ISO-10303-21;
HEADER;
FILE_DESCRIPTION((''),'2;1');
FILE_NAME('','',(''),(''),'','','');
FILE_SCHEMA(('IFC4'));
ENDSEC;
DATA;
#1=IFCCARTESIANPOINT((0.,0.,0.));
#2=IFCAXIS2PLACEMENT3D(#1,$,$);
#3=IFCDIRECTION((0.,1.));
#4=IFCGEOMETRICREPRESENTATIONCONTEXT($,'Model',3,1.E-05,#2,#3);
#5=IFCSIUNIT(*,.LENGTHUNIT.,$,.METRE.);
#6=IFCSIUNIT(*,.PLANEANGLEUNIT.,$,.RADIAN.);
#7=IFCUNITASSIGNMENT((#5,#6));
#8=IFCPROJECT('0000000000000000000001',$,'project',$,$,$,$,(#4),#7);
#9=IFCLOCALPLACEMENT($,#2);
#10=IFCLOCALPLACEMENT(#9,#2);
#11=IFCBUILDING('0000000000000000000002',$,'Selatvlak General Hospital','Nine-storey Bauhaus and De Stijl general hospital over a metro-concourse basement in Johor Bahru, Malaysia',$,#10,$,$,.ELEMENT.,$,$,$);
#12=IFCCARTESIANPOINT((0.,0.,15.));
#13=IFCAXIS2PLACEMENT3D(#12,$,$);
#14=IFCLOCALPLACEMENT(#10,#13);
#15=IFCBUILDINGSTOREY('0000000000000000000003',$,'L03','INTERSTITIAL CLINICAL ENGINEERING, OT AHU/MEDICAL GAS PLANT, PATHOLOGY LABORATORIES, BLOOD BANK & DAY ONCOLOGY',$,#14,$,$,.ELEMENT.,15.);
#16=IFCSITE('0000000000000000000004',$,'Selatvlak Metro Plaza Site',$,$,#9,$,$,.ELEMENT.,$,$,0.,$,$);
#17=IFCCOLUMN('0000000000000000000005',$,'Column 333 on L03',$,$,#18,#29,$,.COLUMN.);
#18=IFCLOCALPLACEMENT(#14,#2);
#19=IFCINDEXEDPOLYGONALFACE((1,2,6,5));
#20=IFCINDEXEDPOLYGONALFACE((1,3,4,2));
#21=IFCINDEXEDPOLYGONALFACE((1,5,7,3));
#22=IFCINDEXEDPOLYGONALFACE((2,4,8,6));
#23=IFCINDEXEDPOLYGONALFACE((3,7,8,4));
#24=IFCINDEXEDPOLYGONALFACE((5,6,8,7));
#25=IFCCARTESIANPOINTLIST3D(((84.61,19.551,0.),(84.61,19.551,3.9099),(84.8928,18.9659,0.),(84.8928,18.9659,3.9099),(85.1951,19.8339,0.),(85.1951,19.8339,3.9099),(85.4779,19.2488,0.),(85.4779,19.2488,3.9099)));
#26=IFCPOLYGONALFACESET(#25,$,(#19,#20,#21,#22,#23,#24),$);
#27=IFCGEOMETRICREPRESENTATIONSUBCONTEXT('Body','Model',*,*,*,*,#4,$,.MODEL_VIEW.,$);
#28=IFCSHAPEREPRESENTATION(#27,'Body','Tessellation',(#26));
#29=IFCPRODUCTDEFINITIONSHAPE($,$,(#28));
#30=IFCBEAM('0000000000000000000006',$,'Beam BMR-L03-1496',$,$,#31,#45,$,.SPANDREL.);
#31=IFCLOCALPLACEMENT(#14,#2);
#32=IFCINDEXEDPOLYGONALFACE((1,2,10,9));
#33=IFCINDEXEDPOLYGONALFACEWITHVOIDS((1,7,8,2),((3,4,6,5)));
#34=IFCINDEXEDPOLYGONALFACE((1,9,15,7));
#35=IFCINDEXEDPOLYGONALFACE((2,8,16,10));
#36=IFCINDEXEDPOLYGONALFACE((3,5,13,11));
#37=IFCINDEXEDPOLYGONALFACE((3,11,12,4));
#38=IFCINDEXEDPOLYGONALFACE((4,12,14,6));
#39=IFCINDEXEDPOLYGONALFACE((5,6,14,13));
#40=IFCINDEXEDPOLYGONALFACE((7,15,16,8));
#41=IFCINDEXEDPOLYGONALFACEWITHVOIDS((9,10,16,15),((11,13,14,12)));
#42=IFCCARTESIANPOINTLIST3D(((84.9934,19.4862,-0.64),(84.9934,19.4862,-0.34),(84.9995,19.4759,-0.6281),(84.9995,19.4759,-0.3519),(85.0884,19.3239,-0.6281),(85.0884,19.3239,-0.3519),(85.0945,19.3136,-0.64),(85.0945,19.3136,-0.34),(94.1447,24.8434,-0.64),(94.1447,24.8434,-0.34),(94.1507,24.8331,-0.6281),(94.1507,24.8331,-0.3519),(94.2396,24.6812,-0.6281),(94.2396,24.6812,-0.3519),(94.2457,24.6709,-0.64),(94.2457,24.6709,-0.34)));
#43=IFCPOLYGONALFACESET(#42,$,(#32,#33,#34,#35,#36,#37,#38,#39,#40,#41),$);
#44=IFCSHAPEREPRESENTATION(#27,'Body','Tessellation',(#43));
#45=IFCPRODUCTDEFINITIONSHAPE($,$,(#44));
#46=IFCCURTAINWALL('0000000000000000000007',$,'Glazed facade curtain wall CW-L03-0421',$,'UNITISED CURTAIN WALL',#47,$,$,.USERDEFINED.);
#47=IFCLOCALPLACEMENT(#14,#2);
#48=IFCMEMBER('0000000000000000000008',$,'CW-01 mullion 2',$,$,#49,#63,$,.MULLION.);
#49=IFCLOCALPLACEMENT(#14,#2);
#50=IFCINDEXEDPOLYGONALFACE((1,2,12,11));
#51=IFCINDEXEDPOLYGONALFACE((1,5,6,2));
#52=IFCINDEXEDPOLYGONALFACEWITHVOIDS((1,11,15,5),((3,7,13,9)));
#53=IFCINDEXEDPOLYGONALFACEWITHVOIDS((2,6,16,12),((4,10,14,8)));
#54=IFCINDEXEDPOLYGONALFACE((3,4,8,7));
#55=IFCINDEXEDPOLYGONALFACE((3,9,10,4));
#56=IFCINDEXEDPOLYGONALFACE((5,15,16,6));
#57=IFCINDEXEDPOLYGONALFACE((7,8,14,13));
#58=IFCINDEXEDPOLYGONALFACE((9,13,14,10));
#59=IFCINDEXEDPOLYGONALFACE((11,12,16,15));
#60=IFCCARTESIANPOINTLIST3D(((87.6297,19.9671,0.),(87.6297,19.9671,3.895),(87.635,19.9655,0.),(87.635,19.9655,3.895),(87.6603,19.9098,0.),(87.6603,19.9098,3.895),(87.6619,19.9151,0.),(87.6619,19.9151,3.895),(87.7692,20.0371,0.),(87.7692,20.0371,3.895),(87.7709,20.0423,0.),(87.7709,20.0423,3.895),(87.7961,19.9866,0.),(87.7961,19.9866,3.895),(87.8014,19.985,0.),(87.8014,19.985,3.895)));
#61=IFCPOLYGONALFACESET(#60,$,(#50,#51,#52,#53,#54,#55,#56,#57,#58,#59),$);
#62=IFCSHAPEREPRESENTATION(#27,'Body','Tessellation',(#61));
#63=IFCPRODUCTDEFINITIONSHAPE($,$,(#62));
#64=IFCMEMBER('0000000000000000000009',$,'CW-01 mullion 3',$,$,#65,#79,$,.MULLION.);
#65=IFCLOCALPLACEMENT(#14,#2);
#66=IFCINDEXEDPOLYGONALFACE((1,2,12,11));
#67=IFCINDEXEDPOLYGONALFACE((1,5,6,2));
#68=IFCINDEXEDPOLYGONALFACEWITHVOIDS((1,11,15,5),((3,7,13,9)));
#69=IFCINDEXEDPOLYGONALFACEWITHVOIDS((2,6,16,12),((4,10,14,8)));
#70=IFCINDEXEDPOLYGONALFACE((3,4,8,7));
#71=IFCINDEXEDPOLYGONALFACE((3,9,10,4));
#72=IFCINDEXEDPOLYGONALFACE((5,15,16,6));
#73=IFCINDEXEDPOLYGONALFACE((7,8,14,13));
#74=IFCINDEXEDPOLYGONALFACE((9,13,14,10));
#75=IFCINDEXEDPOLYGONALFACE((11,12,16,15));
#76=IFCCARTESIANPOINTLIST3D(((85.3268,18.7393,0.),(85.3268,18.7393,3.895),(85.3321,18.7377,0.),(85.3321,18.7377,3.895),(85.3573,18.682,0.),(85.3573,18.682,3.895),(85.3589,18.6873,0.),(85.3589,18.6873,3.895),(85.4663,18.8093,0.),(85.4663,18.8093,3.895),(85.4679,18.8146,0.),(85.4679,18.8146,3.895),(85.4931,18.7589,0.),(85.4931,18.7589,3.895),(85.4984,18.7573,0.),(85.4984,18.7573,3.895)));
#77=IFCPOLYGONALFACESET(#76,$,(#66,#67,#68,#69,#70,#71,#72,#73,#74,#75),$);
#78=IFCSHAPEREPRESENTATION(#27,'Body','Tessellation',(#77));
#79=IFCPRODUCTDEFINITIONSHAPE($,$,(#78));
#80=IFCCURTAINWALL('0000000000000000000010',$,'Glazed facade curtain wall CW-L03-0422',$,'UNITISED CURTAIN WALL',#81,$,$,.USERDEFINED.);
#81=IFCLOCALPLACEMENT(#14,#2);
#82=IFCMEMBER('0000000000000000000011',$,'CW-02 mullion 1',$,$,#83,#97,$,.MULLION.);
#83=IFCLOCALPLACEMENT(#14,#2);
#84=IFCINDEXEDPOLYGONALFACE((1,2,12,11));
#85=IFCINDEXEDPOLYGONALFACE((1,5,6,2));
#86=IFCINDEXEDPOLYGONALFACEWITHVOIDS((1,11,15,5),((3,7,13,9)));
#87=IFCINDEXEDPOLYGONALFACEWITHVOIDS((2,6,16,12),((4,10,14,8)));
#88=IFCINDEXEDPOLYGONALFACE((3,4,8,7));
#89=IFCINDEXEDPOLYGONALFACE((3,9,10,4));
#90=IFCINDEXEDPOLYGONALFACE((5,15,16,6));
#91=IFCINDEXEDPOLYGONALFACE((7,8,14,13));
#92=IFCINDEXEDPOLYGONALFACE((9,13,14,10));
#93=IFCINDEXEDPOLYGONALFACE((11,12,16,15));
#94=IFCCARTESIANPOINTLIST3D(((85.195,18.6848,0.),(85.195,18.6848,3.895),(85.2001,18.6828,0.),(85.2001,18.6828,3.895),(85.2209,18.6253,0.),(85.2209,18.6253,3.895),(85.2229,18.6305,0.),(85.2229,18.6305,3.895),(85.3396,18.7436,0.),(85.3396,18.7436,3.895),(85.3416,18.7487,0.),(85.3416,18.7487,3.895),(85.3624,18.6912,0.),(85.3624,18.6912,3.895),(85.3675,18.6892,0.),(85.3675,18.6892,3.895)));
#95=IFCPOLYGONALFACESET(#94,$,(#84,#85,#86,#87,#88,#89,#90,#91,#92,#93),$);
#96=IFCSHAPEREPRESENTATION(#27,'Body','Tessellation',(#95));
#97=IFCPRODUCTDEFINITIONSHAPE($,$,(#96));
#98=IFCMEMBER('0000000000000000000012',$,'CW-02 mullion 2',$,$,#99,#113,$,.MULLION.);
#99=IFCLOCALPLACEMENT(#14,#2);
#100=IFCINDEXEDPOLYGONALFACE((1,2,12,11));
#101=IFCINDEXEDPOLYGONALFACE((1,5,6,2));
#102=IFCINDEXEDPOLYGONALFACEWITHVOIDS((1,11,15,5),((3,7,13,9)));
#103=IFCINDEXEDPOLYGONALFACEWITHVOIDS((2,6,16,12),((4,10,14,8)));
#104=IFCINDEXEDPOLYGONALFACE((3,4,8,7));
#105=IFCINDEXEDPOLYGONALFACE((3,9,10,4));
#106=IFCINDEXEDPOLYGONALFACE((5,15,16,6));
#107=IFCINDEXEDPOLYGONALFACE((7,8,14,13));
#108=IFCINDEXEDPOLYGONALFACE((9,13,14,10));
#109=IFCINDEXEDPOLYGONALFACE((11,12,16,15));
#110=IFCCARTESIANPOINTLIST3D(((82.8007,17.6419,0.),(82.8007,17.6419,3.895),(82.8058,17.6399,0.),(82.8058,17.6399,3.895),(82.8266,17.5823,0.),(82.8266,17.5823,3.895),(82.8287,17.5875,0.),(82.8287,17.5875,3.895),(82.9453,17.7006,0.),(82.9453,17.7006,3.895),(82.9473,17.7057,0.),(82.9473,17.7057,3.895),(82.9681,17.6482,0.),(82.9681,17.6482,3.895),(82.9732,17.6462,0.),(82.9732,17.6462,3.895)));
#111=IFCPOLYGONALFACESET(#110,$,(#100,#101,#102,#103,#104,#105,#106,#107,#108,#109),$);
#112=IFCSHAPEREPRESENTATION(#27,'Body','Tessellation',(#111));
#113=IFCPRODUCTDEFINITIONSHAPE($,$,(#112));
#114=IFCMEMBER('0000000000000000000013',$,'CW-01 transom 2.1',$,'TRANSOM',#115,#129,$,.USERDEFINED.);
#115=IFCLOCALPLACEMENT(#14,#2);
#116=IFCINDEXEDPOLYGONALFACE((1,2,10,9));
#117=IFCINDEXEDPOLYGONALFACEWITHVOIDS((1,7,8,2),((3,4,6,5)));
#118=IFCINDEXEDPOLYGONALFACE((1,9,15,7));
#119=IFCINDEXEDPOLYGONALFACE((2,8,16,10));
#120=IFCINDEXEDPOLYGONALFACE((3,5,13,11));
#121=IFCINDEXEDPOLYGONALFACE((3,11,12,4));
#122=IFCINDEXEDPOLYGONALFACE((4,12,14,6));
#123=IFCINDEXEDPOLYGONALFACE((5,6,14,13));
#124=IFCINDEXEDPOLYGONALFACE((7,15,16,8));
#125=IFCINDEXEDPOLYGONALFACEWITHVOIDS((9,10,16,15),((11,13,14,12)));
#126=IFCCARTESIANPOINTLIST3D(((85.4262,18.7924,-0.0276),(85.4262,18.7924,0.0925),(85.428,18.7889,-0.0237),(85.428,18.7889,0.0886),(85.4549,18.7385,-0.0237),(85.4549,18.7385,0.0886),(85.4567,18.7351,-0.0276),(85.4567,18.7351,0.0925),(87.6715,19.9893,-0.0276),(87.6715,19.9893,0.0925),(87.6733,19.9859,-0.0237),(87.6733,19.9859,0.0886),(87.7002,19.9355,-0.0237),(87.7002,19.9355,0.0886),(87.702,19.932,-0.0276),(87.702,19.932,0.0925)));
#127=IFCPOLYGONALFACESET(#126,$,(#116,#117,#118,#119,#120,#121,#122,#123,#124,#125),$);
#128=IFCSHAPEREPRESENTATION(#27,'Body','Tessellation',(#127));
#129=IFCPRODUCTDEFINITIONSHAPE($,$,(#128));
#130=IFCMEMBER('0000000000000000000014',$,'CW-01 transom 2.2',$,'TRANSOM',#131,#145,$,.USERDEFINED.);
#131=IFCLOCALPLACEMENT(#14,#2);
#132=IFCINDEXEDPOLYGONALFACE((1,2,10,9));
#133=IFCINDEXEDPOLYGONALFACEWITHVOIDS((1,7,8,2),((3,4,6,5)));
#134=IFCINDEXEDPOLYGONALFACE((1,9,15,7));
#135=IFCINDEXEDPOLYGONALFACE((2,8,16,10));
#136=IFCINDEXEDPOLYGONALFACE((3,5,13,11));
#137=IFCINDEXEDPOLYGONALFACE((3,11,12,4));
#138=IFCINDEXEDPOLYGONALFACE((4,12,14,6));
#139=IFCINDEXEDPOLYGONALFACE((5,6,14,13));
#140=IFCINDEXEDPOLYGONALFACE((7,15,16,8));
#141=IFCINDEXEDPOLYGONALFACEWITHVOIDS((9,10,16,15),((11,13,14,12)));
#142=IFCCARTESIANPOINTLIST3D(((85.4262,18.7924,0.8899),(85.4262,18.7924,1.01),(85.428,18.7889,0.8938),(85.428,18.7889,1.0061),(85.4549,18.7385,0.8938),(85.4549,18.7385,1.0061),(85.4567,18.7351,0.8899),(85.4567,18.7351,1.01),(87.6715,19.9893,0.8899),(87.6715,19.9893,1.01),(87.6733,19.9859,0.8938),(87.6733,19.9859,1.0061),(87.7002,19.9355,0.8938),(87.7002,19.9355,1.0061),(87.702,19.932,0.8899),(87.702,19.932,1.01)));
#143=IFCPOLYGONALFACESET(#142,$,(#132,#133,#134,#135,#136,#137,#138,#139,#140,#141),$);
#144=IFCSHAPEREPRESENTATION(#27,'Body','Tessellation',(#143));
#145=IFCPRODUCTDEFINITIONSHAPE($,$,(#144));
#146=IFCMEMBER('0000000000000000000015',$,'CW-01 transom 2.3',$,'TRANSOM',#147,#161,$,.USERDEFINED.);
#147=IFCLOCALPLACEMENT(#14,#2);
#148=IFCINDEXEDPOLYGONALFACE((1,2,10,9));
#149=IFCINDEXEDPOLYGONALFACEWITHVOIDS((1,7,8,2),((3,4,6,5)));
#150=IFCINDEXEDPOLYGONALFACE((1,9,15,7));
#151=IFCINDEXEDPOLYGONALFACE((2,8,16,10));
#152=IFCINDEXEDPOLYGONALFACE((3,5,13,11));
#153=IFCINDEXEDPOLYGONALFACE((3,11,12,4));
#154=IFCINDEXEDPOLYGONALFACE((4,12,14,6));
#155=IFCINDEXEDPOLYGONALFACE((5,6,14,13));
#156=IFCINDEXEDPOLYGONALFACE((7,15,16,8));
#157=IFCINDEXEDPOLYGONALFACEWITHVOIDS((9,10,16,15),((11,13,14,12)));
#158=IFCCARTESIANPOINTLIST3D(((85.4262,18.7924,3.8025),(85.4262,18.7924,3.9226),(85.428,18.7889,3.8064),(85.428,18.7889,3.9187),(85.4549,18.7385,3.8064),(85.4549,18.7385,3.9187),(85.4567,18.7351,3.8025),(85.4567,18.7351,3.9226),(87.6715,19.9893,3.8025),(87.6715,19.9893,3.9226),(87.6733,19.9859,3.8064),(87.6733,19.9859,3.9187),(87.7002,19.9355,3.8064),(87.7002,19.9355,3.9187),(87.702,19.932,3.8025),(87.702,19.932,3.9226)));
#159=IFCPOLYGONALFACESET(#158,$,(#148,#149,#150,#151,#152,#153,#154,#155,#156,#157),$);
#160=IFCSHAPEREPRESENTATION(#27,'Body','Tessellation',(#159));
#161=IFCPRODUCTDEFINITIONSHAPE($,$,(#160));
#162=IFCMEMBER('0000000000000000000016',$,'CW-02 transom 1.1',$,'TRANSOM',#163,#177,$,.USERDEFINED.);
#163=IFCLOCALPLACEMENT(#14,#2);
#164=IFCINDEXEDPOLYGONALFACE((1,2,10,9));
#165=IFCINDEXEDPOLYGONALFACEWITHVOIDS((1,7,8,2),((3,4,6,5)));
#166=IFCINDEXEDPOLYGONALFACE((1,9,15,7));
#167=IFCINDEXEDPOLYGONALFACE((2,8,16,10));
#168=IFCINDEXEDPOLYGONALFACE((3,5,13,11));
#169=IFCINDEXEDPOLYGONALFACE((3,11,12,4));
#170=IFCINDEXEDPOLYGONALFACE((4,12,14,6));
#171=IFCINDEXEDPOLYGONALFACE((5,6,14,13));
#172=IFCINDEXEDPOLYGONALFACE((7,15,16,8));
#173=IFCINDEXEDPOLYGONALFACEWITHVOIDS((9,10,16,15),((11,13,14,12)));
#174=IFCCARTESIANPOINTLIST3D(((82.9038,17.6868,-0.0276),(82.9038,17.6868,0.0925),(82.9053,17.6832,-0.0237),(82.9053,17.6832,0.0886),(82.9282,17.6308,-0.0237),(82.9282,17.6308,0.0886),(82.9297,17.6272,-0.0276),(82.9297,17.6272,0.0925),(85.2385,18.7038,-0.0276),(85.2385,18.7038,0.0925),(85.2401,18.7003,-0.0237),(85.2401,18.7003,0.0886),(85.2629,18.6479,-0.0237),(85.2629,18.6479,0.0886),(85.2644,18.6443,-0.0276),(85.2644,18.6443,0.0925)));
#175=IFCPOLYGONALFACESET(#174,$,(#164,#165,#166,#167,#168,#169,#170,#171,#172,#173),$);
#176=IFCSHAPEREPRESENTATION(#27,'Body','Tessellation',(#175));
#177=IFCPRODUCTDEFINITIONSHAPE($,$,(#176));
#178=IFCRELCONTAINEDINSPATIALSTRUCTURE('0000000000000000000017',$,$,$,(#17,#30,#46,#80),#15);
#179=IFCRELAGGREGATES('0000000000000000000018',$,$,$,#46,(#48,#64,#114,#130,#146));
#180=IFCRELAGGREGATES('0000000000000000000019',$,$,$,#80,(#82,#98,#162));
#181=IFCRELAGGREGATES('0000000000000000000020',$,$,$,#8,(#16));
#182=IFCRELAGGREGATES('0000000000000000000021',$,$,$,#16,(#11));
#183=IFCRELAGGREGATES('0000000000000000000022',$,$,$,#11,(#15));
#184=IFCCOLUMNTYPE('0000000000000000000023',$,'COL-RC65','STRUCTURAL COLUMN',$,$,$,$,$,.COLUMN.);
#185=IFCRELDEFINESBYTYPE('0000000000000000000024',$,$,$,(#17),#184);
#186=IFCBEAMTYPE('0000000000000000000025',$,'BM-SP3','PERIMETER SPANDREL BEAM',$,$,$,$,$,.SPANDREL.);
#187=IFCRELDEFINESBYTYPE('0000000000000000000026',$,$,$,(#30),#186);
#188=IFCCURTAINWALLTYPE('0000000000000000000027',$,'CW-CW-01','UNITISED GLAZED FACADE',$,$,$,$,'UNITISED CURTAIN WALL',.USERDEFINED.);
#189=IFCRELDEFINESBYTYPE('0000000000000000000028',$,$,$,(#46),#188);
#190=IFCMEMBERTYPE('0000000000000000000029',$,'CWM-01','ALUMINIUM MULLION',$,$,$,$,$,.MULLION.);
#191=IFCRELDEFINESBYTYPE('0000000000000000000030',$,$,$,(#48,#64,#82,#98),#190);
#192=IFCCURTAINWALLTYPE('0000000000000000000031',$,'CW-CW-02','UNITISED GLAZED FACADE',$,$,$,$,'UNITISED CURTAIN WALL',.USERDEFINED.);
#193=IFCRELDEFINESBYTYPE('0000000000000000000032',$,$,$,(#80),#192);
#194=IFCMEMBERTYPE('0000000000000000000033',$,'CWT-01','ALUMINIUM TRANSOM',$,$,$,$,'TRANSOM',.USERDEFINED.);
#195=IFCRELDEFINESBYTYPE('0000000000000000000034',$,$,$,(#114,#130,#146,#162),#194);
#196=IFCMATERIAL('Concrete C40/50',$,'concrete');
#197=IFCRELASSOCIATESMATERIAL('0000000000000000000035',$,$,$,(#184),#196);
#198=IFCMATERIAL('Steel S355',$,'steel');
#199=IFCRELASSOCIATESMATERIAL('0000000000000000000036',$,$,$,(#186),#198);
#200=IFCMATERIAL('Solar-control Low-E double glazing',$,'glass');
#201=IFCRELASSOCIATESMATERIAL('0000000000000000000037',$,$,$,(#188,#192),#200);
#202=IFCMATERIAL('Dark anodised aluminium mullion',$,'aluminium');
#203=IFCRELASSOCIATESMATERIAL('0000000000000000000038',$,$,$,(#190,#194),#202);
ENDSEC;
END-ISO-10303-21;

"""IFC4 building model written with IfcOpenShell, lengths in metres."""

from ifc_helpers import new_model, si_unit, direction, frame, origin, origin_2d, place, context, subcontext, project, spatial, rectangle, hollow_rectangle, extrude, material, material_profile, profile_set, type_object, element, aggregate, save


model = new_model("IFC4")

# Units and contexts
model_context = context("Model", 3, precision=1e-05, world=origin(), true_north=direction((0.0, 1.0)))
body_context = subcontext(model_context, "Body", "Model", "MODEL_VIEW")
ifc_project = project(units=[si_unit("LENGTHUNIT", "METRE"), si_unit("PLANEANGLEUNIT", "RADIAN")], contexts=[model_context])

# Site, building, storey
site_placement = place(None, origin())
site = spatial("IfcSite", under=ifc_project, at=site_placement, Name="Selatvlak Metro Plaza Site", CompositionType="ELEMENT", RefElevation=0.0)
building_placement = place(site_placement, origin())
building = spatial("IfcBuilding", under=site, at=building_placement, Name="Selatvlak General Hospital", Description="Nine-storey Bauhaus and De Stijl general hospital over a metro-concourse basement in Johor Bahru, Malaysia", CompositionType="ELEMENT")
storey_placement = place(building_placement, frame((0.0, 0.0, 15.0)))
storey = spatial("IfcBuildingStorey", under=building, at=storey_placement, Name="L03", Description="INTERSTITIAL CLINICAL ENGINEERING, OT AHU/MEDICAL GAS PLANT, PATHOLOGY LABORATORIES, BLOOD BANK & DAY ONCOLOGY", CompositionType="ELEMENT", Elevation=15.0)

# Column
ifc_material_1 = material(Name="Concrete C40/50", Category="concrete")
ifc_material_profile_1 = material_profile(ifc_material_1, rectangle(XDim=0.6499, YDim=0.6499, at=origin_2d()), Name="RC-COL 650x650")
ifc_profile_set_1 = profile_set([ifc_material_profile_1], Name="Concrete C40/50")
column_type = type_object("IfcColumnType", Name="COL-RC65", Description="STRUCTURAL COLUMN", PredefinedType="COLUMN", material=ifc_profile_set_1)
column_placement = place(storey_placement, frame((85.0439, 19.3999, 0.0), z_axis=(0.0, 0.0, 1.0), x_axis=(-0.4352, 0.900334, 0.0)))
element("IfcColumn", 1, at=column_placement, inside=storey, type_object=column_type, Name="Column 333 on L03", PredefinedType="COLUMN", context=body_context, shape_type="SweptSolid", body=[
    extrude(rectangle(XDim=0.6499, YDim=0.6499, at=origin_2d()), origin(), (0.0, 0.0, 1.0), 3.9099),
])

# Beam
ifc_material_2 = material(Name="Steel S355", Category="steel")
ifc_material_profile_2 = material_profile(ifc_material_2, hollow_rectangle(XDim=0.2, YDim=0.3, WallThickness=0.012, at=origin_2d()), Name="RHS 300x200x12")
ifc_profile_set_2 = profile_set([ifc_material_profile_2], Name="Steel S355")
beam_type = type_object("IfcBeamType", Name="BM-SP3", Description="PERIMETER SPANDREL BEAM", PredefinedType="SPANDREL", material=ifc_profile_set_2)
beam_placement = place(storey_placement, frame((85.0439, 19.3999, -0.49), z_axis=(0.862997, 0.505209, 0.0), x_axis=(-0.505209, 0.862997, 0.0)))
element("IfcBeam", 2, at=beam_placement, inside=storey, type_object=beam_type, Name="Beam BMR-L03-1496", PredefinedType="SPANDREL", context=body_context, shape_type="SweptSolid", body=[
    extrude(hollow_rectangle(XDim=0.2, YDim=0.3, WallThickness=0.012, at=origin_2d()), origin(), (0.0, 0.0, 1.0), 10.604),
])

# Curtain walls, members
ifc_material_3 = material(Name="Solar-control Low-E double glazing", Category="glass")
curtain_wall_type_1 = type_object("IfcCurtainWallType", Name="CW-CW-01", Description="UNITISED GLAZED FACADE", ElementType="UNITISED CURTAIN WALL", PredefinedType="USERDEFINED", material=ifc_material_3)
curtain_wall_1_placement = place(storey_placement, origin())
curtain_wall_1 = element("IfcCurtainWall", 3, at=curtain_wall_1_placement, inside=storey, type_object=curtain_wall_type_1, Name="Glazed facade curtain wall CW-L03-0421", ObjectType="UNITISED CURTAIN WALL", PredefinedType="USERDEFINED")
ifc_material_4 = material(Name="Dark anodised aluminium mullion", Category="aluminium")
ifc_material_profile_3 = material_profile(ifc_material_4, hollow_rectangle(XDim=0.0649, YDim=0.1599, WallThickness=0.0039, at=origin_2d()), Name="AL-MUL 65x160x4")
ifc_profile_set_3 = profile_set([ifc_material_profile_3], Name="Dark anodised aluminium mullion")
member_type_1 = type_object("IfcMemberType", Name="CWM-01", Description="ALUMINIUM MULLION", PredefinedType="MULLION", material=ifc_profile_set_3)
member_1_placement = place(storey_placement, frame((87.7156, 19.9761, 0.0), z_axis=(0.0, 0.0, 1.0), x_axis=(0.470451, -0.882426, 0.0)))
member_1 = element("IfcMember", 4, at=member_1_placement, type_object=member_type_1, Name="CW-01 mullion 2", PredefinedType="MULLION", context=body_context, shape_type="SweptSolid", body=[
    extrude(hollow_rectangle(XDim=0.0649, YDim=0.1599, WallThickness=0.0039, at=origin_2d()), origin(), (0.0, 0.0, 1.0), 3.895),
])
member_2_placement = place(storey_placement, frame((85.4126, 18.7483, 0.0), z_axis=(0.0, 0.0, 1.0), x_axis=(0.470451, -0.882426, 0.0)))
member_2 = element("IfcMember", 5, at=member_2_placement, type_object=member_type_1, Name="CW-01 mullion 3", PredefinedType="MULLION", context=body_context, shape_type="SweptSolid", body=[
    extrude(hollow_rectangle(XDim=0.0649, YDim=0.1599, WallThickness=0.0039, at=origin_2d()), origin(), (0.0, 0.0, 1.0), 3.895),
])
curtain_wall_type_2 = type_object("IfcCurtainWallType", Name="CW-CW-02", Description="UNITISED GLAZED FACADE", ElementType="UNITISED CURTAIN WALL", PredefinedType="USERDEFINED", material=ifc_material_3)
curtain_wall_2_placement = place(storey_placement, origin())
curtain_wall_2 = element("IfcCurtainWall", 6, at=curtain_wall_2_placement, inside=storey, type_object=curtain_wall_type_2, Name="Glazed facade curtain wall CW-L03-0422", ObjectType="UNITISED CURTAIN WALL", PredefinedType="USERDEFINED")
member_3_placement = place(storey_placement, frame((85.2812, 18.687, 0.0), z_axis=(0.0, 0.0, 1.0), x_axis=(0.39939, -0.916781, 0.0)))
member_3 = element("IfcMember", 7, at=member_3_placement, type_object=member_type_1, Name="CW-02 mullion 1", PredefinedType="MULLION", context=body_context, shape_type="SweptSolid", body=[
    extrude(hollow_rectangle(XDim=0.0649, YDim=0.1599, WallThickness=0.0039, at=origin_2d()), origin(), (0.0, 0.0, 1.0), 3.895),
])
member_4_placement = place(storey_placement, frame((82.887, 17.644, 0.0), z_axis=(0.0, 0.0, 1.0), x_axis=(0.39939, -0.916781, 0.0)))
member_4 = element("IfcMember", 8, at=member_4_placement, type_object=member_type_1, Name="CW-02 mullion 2", PredefinedType="MULLION", context=body_context, shape_type="SweptSolid", body=[
    extrude(hollow_rectangle(XDim=0.0649, YDim=0.1599, WallThickness=0.0039, at=origin_2d()), origin(), (0.0, 0.0, 1.0), 3.895),
])

# Members
ifc_material_profile_4 = material_profile(ifc_material_4, hollow_rectangle(XDim=0.0649, YDim=0.1201, WallThickness=0.0039, at=origin_2d()), Name="AL-TRN 65x120x4")
ifc_profile_set_4 = profile_set([ifc_material_profile_4], Name="Dark anodised aluminium mullion")
member_type_2 = type_object("IfcMemberType", Name="CWT-01", Description="ALUMINIUM TRANSOM", ElementType="TRANSOM", PredefinedType="USERDEFINED", material=ifc_profile_set_4)
member_5_placement = place(storey_placement, frame((87.6868, 19.9607, 0.0325), z_axis=(-0.882435, -0.470434, 0.0), x_axis=(0.470434, -0.882435, 0.0)))
member_5 = element("IfcMember", 9, at=member_5_placement, type_object=member_type_2, Name="CW-01 transom 2.1", ObjectType="TRANSOM", PredefinedType="USERDEFINED", context=body_context, shape_type="SweptSolid", body=[
    extrude(hollow_rectangle(XDim=0.0649, YDim=0.1201, WallThickness=0.0039, at=origin_2d()), origin(), (0.0, 0.0, 1.0), 2.5444),
])
member_6_placement = place(storey_placement, frame((87.6868, 19.9607, 0.95), z_axis=(-0.882435, -0.470434, 0.0), x_axis=(0.470434, -0.882435, 0.0)))
member_6 = element("IfcMember", 10, at=member_6_placement, type_object=member_type_2, Name="CW-01 transom 2.2", ObjectType="TRANSOM", PredefinedType="USERDEFINED", context=body_context, shape_type="SweptSolid", body=[
    extrude(hollow_rectangle(XDim=0.0649, YDim=0.1201, WallThickness=0.0039, at=origin_2d()), origin(), (0.0, 0.0, 1.0), 2.5444),
])
member_7_placement = place(storey_placement, frame((87.6868, 19.9607, 3.8625), z_axis=(-0.882435, -0.470434, 0.0), x_axis=(0.470434, -0.882435, 0.0)))
member_7 = element("IfcMember", 11, at=member_7_placement, type_object=member_type_2, Name="CW-01 transom 2.3", ObjectType="TRANSOM", PredefinedType="USERDEFINED", context=body_context, shape_type="SweptSolid", body=[
    extrude(hollow_rectangle(XDim=0.0649, YDim=0.1201, WallThickness=0.0039, at=origin_2d()), origin(), (0.0, 0.0, 1.0), 2.5444),
])
member_8_placement = place(storey_placement, frame((85.2515, 18.6741, 0.0325), z_axis=(-0.916783, -0.399385, 0.0), x_axis=(0.399385, -0.916783, 0.0)))
member_8 = element("IfcMember", 12, at=member_8_placement, type_object=member_type_2, Name="CW-02 transom 1.1", ObjectType="TRANSOM", PredefinedType="USERDEFINED", context=body_context, shape_type="SweptSolid", body=[
    extrude(hollow_rectangle(XDim=0.0649, YDim=0.1201, WallThickness=0.0039, at=origin_2d()), origin(), (0.0, 0.0, 1.0), 2.5466),
])

aggregate(curtain_wall_1, [member_1, member_2, member_5, member_6, member_7])
aggregate(curtain_wall_2, [member_3, member_4, member_8])

save(model, "model.ifc")
